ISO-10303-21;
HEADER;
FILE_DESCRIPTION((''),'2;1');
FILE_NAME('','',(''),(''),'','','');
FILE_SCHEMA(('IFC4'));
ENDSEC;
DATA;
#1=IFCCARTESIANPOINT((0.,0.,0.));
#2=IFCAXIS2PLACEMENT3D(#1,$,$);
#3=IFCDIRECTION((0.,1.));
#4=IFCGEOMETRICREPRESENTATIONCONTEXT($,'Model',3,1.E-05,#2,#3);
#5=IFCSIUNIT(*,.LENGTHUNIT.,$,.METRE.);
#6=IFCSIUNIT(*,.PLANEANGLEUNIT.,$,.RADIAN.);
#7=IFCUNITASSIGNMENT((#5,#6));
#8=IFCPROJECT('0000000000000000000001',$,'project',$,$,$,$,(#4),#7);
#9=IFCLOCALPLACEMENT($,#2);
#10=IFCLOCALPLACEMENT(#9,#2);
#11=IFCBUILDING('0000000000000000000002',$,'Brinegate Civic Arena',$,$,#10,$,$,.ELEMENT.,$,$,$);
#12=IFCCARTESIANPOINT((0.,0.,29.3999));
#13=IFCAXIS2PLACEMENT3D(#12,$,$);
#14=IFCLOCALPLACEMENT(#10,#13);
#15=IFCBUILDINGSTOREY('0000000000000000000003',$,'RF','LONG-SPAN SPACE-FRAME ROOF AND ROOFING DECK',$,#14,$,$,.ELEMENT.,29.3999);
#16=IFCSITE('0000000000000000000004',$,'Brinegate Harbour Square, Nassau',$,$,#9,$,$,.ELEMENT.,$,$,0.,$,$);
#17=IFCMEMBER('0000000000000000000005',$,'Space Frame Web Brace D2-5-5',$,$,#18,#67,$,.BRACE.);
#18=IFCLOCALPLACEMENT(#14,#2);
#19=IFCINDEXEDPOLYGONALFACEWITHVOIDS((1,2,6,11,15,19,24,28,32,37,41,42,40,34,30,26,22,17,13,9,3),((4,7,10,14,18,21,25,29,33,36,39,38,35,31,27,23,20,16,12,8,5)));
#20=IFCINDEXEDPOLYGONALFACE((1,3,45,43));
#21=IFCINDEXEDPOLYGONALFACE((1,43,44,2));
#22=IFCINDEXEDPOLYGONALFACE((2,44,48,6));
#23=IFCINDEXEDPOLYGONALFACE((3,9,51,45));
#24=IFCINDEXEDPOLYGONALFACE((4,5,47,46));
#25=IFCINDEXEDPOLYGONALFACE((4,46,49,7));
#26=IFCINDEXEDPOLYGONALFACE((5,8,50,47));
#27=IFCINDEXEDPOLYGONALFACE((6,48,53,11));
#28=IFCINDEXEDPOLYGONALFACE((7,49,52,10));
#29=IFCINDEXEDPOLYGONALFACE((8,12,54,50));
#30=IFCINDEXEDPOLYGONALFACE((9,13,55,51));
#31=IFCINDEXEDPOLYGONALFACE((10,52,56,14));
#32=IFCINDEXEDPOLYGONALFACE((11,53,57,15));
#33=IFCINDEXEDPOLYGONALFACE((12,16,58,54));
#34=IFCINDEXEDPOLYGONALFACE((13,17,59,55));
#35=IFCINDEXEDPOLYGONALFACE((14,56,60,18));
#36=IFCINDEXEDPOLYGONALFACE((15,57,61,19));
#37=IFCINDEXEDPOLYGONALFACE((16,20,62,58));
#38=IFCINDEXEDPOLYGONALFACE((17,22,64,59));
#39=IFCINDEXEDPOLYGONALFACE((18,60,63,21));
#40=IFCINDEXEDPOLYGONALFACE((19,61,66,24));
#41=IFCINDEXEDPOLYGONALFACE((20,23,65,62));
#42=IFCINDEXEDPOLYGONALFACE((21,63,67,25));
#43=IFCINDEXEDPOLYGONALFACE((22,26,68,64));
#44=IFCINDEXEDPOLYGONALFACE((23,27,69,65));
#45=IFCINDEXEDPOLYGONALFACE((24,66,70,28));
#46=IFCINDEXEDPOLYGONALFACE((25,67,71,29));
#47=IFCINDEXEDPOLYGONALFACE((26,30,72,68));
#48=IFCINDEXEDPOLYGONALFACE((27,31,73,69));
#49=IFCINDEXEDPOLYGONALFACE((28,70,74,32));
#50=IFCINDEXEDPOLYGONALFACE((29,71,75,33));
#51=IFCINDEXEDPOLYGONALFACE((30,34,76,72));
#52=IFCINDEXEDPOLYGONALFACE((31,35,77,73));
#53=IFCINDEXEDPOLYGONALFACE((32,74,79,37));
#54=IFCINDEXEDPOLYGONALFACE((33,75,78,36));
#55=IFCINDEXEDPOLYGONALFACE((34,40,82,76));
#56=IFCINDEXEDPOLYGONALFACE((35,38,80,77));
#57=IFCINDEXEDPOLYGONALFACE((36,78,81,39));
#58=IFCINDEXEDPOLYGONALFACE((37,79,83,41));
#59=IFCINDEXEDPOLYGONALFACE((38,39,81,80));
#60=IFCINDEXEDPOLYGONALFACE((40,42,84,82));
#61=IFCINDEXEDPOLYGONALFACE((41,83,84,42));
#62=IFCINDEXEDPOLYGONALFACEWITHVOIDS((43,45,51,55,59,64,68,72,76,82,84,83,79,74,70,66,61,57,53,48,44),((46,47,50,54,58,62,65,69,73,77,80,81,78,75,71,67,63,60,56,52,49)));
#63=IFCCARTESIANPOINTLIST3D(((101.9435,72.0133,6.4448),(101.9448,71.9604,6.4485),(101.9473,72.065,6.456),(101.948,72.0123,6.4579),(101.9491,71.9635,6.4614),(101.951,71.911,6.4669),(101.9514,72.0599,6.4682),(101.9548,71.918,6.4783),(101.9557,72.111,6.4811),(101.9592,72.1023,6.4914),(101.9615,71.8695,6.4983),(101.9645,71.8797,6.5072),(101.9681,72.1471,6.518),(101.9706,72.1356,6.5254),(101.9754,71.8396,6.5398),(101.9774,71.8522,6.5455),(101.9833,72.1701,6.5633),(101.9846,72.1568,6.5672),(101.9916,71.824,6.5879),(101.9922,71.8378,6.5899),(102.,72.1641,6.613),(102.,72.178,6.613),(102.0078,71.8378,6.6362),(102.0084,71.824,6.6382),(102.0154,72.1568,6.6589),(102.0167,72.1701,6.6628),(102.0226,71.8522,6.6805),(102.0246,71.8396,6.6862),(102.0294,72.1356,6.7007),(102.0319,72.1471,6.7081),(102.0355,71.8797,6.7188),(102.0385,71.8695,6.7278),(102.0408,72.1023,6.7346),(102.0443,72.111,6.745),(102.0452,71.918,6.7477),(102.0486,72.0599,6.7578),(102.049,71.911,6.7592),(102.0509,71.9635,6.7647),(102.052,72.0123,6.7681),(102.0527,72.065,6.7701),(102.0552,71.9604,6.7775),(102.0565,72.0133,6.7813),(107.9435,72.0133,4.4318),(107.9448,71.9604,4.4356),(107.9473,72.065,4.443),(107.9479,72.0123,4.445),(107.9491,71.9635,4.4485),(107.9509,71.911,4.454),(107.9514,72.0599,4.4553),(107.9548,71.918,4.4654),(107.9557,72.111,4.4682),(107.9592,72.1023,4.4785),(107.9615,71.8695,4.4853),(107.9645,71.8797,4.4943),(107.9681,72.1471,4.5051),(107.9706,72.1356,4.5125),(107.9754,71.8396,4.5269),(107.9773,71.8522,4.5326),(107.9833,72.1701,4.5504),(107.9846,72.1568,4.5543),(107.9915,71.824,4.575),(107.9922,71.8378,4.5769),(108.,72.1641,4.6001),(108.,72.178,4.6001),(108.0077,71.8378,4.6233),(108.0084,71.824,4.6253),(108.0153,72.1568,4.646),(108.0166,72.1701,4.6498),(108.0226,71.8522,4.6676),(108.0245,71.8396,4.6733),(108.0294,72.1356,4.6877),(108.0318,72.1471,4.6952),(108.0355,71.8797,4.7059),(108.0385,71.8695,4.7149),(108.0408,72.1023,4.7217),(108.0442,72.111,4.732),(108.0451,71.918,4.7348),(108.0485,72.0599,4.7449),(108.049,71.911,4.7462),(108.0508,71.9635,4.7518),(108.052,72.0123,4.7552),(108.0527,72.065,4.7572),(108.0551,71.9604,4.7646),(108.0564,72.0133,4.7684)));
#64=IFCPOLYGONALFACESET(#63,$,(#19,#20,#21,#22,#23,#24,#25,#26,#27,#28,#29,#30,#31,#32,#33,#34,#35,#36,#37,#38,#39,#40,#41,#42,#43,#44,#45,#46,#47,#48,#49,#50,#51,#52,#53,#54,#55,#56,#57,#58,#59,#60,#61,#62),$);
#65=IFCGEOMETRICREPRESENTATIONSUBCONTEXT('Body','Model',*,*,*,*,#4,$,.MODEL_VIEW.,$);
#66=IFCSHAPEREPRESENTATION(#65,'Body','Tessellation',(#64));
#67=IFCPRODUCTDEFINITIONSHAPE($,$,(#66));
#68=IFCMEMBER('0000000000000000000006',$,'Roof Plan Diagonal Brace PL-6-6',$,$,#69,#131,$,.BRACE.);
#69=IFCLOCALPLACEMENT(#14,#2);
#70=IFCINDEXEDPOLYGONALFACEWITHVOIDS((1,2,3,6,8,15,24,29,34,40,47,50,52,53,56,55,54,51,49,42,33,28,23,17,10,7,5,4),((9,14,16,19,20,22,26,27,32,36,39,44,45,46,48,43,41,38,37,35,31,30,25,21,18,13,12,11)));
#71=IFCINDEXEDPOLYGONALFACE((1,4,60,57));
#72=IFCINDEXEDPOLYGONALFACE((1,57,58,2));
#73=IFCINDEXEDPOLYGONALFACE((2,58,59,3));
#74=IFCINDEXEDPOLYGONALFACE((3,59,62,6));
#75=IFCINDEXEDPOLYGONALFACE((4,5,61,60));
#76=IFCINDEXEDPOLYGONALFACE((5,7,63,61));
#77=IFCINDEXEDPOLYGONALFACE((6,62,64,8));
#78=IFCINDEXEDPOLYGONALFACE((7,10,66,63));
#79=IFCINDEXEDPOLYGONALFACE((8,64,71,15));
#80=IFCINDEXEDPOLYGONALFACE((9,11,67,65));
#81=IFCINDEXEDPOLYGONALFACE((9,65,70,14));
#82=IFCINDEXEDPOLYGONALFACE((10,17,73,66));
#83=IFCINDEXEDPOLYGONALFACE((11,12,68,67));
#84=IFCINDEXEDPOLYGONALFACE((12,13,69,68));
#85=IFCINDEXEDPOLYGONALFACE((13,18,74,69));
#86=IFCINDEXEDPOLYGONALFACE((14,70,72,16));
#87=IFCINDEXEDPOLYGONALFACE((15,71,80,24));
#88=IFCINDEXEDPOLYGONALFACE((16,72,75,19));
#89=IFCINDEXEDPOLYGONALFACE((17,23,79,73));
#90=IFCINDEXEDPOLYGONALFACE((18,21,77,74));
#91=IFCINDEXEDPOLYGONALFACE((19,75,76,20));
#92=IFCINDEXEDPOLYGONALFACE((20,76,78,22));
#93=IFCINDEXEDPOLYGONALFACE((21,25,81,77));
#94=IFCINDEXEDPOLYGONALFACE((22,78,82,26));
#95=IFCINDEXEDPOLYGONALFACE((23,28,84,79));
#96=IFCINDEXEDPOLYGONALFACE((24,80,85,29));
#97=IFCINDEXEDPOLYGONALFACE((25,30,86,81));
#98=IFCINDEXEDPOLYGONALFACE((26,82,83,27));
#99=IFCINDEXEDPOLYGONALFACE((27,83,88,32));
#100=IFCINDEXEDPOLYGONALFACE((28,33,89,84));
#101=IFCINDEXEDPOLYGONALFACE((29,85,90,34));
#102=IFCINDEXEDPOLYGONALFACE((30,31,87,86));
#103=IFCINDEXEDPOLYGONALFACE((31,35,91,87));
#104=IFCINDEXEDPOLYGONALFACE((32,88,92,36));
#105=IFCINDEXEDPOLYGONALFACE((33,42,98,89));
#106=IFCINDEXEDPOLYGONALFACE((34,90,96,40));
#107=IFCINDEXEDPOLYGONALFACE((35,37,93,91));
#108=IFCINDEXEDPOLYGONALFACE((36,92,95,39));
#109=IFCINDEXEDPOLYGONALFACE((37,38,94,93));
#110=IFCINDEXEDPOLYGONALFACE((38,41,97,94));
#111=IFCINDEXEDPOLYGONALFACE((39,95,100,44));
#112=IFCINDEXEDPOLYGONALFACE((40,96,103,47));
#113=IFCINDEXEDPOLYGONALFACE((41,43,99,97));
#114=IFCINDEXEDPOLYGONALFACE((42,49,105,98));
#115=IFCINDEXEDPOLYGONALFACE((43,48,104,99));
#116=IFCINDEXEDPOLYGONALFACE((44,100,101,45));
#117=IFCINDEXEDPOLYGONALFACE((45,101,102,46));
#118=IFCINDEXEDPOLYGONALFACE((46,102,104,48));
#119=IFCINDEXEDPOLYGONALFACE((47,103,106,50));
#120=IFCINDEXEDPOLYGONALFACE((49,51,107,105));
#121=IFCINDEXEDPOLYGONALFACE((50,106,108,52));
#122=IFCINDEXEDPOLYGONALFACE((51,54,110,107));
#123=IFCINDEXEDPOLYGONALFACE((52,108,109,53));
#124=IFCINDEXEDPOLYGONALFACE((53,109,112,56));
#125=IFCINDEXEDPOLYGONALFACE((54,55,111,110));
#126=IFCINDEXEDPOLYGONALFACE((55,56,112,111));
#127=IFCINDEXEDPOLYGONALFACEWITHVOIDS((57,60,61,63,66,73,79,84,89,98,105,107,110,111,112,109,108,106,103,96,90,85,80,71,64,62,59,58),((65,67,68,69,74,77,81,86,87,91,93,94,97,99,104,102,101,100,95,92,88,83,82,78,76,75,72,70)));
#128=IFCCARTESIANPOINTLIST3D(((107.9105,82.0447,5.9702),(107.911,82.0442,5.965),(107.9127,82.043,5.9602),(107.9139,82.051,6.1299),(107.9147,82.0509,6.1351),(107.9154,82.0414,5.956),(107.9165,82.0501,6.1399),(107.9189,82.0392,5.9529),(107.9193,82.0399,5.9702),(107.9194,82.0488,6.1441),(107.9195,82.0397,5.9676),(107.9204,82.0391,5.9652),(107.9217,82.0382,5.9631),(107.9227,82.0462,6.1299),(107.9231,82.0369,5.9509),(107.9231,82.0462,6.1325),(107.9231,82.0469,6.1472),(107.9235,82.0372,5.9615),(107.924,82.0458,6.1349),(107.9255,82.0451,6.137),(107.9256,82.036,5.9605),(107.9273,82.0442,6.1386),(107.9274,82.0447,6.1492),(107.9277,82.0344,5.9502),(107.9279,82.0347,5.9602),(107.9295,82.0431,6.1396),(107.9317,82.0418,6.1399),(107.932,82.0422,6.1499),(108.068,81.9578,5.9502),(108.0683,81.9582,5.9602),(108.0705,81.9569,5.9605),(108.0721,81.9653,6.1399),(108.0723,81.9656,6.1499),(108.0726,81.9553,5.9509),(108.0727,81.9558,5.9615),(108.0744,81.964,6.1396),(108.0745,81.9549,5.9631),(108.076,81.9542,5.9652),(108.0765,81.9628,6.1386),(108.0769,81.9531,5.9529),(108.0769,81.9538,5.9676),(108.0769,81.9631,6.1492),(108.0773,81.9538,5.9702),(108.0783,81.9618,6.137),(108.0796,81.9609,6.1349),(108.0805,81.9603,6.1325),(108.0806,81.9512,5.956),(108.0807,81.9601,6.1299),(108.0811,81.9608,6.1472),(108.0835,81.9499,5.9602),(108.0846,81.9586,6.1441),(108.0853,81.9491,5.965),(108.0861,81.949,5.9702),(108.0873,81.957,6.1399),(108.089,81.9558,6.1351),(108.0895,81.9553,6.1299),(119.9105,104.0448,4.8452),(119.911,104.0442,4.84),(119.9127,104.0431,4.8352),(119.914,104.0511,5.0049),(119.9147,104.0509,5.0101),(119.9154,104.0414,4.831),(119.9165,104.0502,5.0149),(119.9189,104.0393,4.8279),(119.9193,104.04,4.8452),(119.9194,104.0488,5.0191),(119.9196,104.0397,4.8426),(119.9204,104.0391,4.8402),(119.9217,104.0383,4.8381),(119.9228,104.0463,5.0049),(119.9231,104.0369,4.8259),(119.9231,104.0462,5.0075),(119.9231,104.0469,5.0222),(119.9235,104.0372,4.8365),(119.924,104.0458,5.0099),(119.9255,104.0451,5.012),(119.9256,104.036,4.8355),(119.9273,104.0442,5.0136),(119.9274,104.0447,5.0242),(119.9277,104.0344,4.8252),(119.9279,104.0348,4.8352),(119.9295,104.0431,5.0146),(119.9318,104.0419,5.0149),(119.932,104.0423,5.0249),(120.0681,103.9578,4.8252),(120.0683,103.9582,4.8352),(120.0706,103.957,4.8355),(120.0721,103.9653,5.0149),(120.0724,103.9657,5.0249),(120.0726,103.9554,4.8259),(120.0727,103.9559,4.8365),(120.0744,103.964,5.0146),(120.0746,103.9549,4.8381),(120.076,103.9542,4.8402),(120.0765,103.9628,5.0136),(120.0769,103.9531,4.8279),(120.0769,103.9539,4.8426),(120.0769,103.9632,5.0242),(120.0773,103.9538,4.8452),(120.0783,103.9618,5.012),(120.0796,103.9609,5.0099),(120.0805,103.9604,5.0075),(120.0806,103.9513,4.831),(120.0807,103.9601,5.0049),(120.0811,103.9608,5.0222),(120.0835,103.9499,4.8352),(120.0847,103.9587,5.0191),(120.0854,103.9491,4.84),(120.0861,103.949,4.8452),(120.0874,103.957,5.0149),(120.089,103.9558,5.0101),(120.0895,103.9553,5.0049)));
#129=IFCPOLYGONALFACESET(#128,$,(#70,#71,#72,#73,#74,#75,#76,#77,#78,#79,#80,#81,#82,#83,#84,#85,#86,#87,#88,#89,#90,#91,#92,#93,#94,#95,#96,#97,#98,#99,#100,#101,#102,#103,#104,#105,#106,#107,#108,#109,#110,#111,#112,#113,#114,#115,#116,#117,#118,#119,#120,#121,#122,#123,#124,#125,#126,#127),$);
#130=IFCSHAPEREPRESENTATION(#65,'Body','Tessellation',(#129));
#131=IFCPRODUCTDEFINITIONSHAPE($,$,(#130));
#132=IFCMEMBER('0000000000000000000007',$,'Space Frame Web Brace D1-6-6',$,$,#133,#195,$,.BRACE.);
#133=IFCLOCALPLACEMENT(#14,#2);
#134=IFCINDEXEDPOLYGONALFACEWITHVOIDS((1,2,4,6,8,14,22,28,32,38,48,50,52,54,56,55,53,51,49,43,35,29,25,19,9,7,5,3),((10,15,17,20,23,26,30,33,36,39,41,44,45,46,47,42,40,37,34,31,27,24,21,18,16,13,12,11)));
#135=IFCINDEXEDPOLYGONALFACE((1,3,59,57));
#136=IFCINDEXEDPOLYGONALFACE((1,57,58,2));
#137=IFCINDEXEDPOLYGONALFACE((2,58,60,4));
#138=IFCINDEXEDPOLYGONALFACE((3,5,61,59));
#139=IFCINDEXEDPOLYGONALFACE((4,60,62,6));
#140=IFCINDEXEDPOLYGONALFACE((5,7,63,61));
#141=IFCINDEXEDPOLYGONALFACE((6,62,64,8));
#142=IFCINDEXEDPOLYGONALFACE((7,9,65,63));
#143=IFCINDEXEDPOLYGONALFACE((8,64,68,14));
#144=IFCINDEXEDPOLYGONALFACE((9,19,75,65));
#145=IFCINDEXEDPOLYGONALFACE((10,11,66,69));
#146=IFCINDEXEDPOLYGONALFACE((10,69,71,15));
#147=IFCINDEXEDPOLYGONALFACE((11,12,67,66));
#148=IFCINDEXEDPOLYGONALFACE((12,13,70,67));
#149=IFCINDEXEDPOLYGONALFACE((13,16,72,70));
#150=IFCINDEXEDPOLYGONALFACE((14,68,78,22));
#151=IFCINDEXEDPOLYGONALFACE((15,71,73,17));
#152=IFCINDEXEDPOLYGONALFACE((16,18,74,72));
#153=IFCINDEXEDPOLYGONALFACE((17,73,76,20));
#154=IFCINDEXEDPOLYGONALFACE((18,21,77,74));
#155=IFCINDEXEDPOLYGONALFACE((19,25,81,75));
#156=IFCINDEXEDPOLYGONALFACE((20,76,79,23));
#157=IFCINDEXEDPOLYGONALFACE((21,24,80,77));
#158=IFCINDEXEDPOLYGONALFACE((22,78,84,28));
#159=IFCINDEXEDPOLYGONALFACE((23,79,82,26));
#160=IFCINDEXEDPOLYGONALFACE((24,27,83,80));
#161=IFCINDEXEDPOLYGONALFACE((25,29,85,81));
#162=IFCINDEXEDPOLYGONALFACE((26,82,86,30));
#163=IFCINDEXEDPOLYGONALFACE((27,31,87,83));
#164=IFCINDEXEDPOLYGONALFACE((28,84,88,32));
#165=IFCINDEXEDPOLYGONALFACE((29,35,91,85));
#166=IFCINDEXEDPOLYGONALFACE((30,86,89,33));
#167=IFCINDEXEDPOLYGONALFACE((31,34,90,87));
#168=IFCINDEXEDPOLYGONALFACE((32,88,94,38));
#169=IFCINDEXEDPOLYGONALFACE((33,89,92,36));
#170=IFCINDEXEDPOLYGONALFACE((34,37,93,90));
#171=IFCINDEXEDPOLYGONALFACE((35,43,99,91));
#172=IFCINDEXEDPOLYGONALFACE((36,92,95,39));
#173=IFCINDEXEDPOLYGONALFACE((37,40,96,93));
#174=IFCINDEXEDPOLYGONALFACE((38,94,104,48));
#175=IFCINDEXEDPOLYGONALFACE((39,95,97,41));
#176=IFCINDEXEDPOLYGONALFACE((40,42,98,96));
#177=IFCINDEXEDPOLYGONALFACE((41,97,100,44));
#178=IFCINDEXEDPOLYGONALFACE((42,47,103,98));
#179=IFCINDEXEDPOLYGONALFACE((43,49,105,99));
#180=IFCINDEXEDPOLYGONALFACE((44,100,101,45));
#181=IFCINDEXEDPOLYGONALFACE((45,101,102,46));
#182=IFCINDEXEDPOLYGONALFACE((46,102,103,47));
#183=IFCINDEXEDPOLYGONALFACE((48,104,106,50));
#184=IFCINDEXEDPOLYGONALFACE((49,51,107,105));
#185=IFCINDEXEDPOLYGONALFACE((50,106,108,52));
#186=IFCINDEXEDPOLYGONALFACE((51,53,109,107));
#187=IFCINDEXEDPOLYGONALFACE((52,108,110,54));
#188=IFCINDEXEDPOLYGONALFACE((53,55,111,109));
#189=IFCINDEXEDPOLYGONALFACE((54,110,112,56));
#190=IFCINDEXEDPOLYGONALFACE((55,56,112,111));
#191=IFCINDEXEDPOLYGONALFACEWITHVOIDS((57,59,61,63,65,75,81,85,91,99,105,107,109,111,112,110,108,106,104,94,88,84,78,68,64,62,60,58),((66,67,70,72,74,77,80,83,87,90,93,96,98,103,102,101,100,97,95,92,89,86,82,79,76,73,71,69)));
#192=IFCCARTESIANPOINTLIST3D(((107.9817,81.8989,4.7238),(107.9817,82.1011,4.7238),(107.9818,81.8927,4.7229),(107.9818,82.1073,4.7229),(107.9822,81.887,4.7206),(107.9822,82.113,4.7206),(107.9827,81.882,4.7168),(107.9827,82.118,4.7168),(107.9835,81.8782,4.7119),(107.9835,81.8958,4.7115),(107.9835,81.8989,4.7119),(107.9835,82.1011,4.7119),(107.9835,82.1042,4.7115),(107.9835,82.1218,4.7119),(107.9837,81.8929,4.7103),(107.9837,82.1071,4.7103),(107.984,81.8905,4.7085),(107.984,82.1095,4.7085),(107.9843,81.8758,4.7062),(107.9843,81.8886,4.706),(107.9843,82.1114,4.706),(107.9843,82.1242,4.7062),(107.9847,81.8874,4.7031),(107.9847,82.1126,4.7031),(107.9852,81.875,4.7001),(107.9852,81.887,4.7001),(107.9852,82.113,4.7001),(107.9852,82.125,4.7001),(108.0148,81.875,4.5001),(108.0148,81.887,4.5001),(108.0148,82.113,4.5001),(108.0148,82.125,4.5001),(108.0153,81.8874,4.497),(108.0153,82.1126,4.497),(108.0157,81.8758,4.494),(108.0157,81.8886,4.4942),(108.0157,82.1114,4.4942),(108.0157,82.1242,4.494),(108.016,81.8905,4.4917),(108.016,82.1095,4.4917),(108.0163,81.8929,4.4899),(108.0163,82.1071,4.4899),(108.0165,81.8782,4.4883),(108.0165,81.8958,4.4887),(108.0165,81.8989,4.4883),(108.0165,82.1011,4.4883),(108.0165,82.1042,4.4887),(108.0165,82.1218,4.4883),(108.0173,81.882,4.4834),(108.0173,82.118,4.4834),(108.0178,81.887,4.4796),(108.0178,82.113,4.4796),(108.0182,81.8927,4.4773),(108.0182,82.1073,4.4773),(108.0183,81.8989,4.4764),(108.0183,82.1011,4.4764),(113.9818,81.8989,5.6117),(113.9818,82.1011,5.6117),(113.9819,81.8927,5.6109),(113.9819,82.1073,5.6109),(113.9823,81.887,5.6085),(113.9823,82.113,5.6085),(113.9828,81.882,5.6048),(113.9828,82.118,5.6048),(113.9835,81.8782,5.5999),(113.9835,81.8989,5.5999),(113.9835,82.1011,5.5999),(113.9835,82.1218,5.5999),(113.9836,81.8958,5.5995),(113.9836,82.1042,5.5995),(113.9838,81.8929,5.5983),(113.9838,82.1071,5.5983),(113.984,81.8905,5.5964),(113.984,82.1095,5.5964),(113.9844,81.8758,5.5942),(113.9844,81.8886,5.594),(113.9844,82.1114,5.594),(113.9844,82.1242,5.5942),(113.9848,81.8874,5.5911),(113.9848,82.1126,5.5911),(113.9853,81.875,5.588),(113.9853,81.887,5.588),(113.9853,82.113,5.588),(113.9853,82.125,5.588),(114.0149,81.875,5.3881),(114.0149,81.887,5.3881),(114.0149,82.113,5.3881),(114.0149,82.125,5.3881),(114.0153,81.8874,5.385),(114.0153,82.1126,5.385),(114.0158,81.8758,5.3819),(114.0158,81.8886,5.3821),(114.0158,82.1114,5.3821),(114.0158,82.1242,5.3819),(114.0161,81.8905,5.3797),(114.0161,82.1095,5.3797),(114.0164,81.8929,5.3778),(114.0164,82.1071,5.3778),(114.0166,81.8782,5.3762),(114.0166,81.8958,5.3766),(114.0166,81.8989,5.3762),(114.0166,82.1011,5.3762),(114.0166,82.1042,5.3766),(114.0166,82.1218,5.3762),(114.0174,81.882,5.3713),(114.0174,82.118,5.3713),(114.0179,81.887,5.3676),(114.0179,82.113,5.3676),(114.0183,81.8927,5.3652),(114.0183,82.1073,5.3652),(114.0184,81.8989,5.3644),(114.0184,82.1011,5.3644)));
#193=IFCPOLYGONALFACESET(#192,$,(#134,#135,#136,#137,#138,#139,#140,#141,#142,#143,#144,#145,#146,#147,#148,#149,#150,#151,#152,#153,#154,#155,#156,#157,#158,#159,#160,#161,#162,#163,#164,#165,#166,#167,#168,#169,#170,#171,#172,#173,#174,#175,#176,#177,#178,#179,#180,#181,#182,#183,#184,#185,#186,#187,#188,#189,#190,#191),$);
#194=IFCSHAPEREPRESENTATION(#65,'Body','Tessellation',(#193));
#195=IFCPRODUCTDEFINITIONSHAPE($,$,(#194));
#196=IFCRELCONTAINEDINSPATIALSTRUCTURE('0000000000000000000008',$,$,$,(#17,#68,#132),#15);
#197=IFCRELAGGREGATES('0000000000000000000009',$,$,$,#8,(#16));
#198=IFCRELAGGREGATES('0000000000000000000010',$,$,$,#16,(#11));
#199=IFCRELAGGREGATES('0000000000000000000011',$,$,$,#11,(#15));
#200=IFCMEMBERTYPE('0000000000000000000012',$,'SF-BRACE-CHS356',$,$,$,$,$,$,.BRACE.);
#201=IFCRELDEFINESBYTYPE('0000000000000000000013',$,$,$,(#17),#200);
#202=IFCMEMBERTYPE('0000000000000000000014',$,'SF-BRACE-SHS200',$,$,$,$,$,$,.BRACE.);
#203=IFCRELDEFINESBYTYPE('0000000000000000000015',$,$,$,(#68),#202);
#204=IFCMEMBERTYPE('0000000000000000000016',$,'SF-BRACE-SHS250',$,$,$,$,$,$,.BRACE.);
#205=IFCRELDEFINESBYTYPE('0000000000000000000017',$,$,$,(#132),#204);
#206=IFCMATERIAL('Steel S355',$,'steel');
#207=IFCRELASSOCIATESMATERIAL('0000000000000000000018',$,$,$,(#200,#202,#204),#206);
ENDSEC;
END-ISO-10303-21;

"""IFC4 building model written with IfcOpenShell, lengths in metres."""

from ifc_helpers import new_model, si_unit, direction, frame, origin, origin_2d, place, context, subcontext, project, spatial, hollow_rectangle, hollow_circle, extrude, material, material_profile, profile_set, type_object, element, save


model = new_model("IFC4")

# Units and contexts
model_context = context("Model", 3, precision=1e-05, world=origin(), true_north=direction((0.0, 1.0)))
body_context = subcontext(model_context, "Body", "Model", "MODEL_VIEW")
ifc_project = project(units=[si_unit("LENGTHUNIT", "METRE"), si_unit("PLANEANGLEUNIT", "RADIAN")], contexts=[model_context])

# Site, building, storey
site_placement = place(None, origin())
site = spatial("IfcSite", under=ifc_project, at=site_placement, Name="Brinegate Harbour Square, Nassau", CompositionType="ELEMENT", RefElevation=0.0)
building_placement = place(site_placement, origin())
building = spatial("IfcBuilding", under=site, at=building_placement, Name="Brinegate Civic Arena", CompositionType="ELEMENT")
storey_placement = place(building_placement, frame((0.0, 0.0, 29.3999)))
storey = spatial("IfcBuildingStorey", under=building, at=storey_placement, Name="RF", Description="LONG-SPAN SPACE-FRAME ROOF AND ROOFING DECK", CompositionType="ELEMENT", Elevation=29.3999)

# Members
ifc_material = material(Name="Steel S355", Category="steel")
ifc_material_profile_1 = material_profile(ifc_material, hollow_circle(Radius=0.178, WallThickness=0.0139, at=origin_2d()), Name="CHS356X14")
ifc_profile_set_1 = profile_set([ifc_material_profile_1], Name="Steel S355")
member_type_1 = type_object("IfcMemberType", Name="SF-BRACE-CHS356", PredefinedType="BRACE", material=ifc_profile_set_1)
member_1_placement = place(storey_placement, frame((102.0, 72.0, 6.613), z_axis=(0.948068, 0.0, -0.318067), x_axis=(0.0, 1.0, 0.0)))
element("IfcMember", 1, at=member_1_placement, inside=storey, type_object=member_type_1, Name="Space Frame Web Brace D2-5-5", PredefinedType="BRACE", context=body_context, shape_type="SweptSolid", body=[
    extrude(hollow_circle(Radius=0.178, WallThickness=0.0139, at=origin_2d()), origin(), (0.0, 0.0, 1.0), 6.3286),
])
ifc_material_profile_2 = material_profile(ifc_material, hollow_rectangle(XDim=0.2, YDim=0.2, WallThickness=0.01, InnerFilletRadius=0.01, OuterFilletRadius=0.02, at=origin_2d()), Name="SHS200X10")
ifc_profile_set_2 = profile_set([ifc_material_profile_2], Name="Steel S355")
member_type_2 = type_object("IfcMemberType", Name="SF-BRACE-SHS200", PredefinedType="BRACE", material=ifc_profile_set_2)
member_2_placement = place(storey_placement, frame((108.0, 82.0, 6.05), z_axis=(0.47837, 0.877012, -0.044847), x_axis=(-0.877896, 0.478852, 0.0)))
element("IfcMember", 2, at=member_2_placement, inside=storey, type_object=member_type_2, Name="Roof Plan Diagonal Brace PL-6-6", PredefinedType="BRACE", context=body_context, shape_type="SweptSolid", body=[
    extrude(hollow_rectangle(XDim=0.2, YDim=0.2, WallThickness=0.01, InnerFilletRadius=0.01, OuterFilletRadius=0.02, at=origin_2d()), origin(), (0.0, 0.0, 1.0), 25.0852),
])
ifc_material_profile_3 = material_profile(ifc_material, hollow_rectangle(XDim=0.25, YDim=0.25, WallThickness=0.012, InnerFilletRadius=0.012, OuterFilletRadius=0.0239, at=origin_2d()), Name="SHS250X12")
ifc_profile_set_3 = profile_set([ifc_material_profile_3], Name="Steel S355")
member_type_3 = type_object("IfcMemberType", Name="SF-BRACE-SHS250", PredefinedType="BRACE", material=ifc_profile_set_3)
member_3_placement = place(storey_placement, frame((108.0, 82.0, 4.6001), z_axis=(0.989226, 0.0, 0.146395), x_axis=(0.0, 1.0, 0.0)))
element("IfcMember", 3, at=member_3_placement, inside=storey, type_object=member_type_3, Name="Space Frame Web Brace D1-6-6", PredefinedType="BRACE", context=body_context, shape_type="SweptSolid", body=[
    extrude(hollow_rectangle(XDim=0.25, YDim=0.25, WallThickness=0.012, InnerFilletRadius=0.012, OuterFilletRadius=0.0239, at=origin_2d()), origin(), (0.0, 0.0, 1.0), 6.0654),
])

save(model, "model.ifc")
